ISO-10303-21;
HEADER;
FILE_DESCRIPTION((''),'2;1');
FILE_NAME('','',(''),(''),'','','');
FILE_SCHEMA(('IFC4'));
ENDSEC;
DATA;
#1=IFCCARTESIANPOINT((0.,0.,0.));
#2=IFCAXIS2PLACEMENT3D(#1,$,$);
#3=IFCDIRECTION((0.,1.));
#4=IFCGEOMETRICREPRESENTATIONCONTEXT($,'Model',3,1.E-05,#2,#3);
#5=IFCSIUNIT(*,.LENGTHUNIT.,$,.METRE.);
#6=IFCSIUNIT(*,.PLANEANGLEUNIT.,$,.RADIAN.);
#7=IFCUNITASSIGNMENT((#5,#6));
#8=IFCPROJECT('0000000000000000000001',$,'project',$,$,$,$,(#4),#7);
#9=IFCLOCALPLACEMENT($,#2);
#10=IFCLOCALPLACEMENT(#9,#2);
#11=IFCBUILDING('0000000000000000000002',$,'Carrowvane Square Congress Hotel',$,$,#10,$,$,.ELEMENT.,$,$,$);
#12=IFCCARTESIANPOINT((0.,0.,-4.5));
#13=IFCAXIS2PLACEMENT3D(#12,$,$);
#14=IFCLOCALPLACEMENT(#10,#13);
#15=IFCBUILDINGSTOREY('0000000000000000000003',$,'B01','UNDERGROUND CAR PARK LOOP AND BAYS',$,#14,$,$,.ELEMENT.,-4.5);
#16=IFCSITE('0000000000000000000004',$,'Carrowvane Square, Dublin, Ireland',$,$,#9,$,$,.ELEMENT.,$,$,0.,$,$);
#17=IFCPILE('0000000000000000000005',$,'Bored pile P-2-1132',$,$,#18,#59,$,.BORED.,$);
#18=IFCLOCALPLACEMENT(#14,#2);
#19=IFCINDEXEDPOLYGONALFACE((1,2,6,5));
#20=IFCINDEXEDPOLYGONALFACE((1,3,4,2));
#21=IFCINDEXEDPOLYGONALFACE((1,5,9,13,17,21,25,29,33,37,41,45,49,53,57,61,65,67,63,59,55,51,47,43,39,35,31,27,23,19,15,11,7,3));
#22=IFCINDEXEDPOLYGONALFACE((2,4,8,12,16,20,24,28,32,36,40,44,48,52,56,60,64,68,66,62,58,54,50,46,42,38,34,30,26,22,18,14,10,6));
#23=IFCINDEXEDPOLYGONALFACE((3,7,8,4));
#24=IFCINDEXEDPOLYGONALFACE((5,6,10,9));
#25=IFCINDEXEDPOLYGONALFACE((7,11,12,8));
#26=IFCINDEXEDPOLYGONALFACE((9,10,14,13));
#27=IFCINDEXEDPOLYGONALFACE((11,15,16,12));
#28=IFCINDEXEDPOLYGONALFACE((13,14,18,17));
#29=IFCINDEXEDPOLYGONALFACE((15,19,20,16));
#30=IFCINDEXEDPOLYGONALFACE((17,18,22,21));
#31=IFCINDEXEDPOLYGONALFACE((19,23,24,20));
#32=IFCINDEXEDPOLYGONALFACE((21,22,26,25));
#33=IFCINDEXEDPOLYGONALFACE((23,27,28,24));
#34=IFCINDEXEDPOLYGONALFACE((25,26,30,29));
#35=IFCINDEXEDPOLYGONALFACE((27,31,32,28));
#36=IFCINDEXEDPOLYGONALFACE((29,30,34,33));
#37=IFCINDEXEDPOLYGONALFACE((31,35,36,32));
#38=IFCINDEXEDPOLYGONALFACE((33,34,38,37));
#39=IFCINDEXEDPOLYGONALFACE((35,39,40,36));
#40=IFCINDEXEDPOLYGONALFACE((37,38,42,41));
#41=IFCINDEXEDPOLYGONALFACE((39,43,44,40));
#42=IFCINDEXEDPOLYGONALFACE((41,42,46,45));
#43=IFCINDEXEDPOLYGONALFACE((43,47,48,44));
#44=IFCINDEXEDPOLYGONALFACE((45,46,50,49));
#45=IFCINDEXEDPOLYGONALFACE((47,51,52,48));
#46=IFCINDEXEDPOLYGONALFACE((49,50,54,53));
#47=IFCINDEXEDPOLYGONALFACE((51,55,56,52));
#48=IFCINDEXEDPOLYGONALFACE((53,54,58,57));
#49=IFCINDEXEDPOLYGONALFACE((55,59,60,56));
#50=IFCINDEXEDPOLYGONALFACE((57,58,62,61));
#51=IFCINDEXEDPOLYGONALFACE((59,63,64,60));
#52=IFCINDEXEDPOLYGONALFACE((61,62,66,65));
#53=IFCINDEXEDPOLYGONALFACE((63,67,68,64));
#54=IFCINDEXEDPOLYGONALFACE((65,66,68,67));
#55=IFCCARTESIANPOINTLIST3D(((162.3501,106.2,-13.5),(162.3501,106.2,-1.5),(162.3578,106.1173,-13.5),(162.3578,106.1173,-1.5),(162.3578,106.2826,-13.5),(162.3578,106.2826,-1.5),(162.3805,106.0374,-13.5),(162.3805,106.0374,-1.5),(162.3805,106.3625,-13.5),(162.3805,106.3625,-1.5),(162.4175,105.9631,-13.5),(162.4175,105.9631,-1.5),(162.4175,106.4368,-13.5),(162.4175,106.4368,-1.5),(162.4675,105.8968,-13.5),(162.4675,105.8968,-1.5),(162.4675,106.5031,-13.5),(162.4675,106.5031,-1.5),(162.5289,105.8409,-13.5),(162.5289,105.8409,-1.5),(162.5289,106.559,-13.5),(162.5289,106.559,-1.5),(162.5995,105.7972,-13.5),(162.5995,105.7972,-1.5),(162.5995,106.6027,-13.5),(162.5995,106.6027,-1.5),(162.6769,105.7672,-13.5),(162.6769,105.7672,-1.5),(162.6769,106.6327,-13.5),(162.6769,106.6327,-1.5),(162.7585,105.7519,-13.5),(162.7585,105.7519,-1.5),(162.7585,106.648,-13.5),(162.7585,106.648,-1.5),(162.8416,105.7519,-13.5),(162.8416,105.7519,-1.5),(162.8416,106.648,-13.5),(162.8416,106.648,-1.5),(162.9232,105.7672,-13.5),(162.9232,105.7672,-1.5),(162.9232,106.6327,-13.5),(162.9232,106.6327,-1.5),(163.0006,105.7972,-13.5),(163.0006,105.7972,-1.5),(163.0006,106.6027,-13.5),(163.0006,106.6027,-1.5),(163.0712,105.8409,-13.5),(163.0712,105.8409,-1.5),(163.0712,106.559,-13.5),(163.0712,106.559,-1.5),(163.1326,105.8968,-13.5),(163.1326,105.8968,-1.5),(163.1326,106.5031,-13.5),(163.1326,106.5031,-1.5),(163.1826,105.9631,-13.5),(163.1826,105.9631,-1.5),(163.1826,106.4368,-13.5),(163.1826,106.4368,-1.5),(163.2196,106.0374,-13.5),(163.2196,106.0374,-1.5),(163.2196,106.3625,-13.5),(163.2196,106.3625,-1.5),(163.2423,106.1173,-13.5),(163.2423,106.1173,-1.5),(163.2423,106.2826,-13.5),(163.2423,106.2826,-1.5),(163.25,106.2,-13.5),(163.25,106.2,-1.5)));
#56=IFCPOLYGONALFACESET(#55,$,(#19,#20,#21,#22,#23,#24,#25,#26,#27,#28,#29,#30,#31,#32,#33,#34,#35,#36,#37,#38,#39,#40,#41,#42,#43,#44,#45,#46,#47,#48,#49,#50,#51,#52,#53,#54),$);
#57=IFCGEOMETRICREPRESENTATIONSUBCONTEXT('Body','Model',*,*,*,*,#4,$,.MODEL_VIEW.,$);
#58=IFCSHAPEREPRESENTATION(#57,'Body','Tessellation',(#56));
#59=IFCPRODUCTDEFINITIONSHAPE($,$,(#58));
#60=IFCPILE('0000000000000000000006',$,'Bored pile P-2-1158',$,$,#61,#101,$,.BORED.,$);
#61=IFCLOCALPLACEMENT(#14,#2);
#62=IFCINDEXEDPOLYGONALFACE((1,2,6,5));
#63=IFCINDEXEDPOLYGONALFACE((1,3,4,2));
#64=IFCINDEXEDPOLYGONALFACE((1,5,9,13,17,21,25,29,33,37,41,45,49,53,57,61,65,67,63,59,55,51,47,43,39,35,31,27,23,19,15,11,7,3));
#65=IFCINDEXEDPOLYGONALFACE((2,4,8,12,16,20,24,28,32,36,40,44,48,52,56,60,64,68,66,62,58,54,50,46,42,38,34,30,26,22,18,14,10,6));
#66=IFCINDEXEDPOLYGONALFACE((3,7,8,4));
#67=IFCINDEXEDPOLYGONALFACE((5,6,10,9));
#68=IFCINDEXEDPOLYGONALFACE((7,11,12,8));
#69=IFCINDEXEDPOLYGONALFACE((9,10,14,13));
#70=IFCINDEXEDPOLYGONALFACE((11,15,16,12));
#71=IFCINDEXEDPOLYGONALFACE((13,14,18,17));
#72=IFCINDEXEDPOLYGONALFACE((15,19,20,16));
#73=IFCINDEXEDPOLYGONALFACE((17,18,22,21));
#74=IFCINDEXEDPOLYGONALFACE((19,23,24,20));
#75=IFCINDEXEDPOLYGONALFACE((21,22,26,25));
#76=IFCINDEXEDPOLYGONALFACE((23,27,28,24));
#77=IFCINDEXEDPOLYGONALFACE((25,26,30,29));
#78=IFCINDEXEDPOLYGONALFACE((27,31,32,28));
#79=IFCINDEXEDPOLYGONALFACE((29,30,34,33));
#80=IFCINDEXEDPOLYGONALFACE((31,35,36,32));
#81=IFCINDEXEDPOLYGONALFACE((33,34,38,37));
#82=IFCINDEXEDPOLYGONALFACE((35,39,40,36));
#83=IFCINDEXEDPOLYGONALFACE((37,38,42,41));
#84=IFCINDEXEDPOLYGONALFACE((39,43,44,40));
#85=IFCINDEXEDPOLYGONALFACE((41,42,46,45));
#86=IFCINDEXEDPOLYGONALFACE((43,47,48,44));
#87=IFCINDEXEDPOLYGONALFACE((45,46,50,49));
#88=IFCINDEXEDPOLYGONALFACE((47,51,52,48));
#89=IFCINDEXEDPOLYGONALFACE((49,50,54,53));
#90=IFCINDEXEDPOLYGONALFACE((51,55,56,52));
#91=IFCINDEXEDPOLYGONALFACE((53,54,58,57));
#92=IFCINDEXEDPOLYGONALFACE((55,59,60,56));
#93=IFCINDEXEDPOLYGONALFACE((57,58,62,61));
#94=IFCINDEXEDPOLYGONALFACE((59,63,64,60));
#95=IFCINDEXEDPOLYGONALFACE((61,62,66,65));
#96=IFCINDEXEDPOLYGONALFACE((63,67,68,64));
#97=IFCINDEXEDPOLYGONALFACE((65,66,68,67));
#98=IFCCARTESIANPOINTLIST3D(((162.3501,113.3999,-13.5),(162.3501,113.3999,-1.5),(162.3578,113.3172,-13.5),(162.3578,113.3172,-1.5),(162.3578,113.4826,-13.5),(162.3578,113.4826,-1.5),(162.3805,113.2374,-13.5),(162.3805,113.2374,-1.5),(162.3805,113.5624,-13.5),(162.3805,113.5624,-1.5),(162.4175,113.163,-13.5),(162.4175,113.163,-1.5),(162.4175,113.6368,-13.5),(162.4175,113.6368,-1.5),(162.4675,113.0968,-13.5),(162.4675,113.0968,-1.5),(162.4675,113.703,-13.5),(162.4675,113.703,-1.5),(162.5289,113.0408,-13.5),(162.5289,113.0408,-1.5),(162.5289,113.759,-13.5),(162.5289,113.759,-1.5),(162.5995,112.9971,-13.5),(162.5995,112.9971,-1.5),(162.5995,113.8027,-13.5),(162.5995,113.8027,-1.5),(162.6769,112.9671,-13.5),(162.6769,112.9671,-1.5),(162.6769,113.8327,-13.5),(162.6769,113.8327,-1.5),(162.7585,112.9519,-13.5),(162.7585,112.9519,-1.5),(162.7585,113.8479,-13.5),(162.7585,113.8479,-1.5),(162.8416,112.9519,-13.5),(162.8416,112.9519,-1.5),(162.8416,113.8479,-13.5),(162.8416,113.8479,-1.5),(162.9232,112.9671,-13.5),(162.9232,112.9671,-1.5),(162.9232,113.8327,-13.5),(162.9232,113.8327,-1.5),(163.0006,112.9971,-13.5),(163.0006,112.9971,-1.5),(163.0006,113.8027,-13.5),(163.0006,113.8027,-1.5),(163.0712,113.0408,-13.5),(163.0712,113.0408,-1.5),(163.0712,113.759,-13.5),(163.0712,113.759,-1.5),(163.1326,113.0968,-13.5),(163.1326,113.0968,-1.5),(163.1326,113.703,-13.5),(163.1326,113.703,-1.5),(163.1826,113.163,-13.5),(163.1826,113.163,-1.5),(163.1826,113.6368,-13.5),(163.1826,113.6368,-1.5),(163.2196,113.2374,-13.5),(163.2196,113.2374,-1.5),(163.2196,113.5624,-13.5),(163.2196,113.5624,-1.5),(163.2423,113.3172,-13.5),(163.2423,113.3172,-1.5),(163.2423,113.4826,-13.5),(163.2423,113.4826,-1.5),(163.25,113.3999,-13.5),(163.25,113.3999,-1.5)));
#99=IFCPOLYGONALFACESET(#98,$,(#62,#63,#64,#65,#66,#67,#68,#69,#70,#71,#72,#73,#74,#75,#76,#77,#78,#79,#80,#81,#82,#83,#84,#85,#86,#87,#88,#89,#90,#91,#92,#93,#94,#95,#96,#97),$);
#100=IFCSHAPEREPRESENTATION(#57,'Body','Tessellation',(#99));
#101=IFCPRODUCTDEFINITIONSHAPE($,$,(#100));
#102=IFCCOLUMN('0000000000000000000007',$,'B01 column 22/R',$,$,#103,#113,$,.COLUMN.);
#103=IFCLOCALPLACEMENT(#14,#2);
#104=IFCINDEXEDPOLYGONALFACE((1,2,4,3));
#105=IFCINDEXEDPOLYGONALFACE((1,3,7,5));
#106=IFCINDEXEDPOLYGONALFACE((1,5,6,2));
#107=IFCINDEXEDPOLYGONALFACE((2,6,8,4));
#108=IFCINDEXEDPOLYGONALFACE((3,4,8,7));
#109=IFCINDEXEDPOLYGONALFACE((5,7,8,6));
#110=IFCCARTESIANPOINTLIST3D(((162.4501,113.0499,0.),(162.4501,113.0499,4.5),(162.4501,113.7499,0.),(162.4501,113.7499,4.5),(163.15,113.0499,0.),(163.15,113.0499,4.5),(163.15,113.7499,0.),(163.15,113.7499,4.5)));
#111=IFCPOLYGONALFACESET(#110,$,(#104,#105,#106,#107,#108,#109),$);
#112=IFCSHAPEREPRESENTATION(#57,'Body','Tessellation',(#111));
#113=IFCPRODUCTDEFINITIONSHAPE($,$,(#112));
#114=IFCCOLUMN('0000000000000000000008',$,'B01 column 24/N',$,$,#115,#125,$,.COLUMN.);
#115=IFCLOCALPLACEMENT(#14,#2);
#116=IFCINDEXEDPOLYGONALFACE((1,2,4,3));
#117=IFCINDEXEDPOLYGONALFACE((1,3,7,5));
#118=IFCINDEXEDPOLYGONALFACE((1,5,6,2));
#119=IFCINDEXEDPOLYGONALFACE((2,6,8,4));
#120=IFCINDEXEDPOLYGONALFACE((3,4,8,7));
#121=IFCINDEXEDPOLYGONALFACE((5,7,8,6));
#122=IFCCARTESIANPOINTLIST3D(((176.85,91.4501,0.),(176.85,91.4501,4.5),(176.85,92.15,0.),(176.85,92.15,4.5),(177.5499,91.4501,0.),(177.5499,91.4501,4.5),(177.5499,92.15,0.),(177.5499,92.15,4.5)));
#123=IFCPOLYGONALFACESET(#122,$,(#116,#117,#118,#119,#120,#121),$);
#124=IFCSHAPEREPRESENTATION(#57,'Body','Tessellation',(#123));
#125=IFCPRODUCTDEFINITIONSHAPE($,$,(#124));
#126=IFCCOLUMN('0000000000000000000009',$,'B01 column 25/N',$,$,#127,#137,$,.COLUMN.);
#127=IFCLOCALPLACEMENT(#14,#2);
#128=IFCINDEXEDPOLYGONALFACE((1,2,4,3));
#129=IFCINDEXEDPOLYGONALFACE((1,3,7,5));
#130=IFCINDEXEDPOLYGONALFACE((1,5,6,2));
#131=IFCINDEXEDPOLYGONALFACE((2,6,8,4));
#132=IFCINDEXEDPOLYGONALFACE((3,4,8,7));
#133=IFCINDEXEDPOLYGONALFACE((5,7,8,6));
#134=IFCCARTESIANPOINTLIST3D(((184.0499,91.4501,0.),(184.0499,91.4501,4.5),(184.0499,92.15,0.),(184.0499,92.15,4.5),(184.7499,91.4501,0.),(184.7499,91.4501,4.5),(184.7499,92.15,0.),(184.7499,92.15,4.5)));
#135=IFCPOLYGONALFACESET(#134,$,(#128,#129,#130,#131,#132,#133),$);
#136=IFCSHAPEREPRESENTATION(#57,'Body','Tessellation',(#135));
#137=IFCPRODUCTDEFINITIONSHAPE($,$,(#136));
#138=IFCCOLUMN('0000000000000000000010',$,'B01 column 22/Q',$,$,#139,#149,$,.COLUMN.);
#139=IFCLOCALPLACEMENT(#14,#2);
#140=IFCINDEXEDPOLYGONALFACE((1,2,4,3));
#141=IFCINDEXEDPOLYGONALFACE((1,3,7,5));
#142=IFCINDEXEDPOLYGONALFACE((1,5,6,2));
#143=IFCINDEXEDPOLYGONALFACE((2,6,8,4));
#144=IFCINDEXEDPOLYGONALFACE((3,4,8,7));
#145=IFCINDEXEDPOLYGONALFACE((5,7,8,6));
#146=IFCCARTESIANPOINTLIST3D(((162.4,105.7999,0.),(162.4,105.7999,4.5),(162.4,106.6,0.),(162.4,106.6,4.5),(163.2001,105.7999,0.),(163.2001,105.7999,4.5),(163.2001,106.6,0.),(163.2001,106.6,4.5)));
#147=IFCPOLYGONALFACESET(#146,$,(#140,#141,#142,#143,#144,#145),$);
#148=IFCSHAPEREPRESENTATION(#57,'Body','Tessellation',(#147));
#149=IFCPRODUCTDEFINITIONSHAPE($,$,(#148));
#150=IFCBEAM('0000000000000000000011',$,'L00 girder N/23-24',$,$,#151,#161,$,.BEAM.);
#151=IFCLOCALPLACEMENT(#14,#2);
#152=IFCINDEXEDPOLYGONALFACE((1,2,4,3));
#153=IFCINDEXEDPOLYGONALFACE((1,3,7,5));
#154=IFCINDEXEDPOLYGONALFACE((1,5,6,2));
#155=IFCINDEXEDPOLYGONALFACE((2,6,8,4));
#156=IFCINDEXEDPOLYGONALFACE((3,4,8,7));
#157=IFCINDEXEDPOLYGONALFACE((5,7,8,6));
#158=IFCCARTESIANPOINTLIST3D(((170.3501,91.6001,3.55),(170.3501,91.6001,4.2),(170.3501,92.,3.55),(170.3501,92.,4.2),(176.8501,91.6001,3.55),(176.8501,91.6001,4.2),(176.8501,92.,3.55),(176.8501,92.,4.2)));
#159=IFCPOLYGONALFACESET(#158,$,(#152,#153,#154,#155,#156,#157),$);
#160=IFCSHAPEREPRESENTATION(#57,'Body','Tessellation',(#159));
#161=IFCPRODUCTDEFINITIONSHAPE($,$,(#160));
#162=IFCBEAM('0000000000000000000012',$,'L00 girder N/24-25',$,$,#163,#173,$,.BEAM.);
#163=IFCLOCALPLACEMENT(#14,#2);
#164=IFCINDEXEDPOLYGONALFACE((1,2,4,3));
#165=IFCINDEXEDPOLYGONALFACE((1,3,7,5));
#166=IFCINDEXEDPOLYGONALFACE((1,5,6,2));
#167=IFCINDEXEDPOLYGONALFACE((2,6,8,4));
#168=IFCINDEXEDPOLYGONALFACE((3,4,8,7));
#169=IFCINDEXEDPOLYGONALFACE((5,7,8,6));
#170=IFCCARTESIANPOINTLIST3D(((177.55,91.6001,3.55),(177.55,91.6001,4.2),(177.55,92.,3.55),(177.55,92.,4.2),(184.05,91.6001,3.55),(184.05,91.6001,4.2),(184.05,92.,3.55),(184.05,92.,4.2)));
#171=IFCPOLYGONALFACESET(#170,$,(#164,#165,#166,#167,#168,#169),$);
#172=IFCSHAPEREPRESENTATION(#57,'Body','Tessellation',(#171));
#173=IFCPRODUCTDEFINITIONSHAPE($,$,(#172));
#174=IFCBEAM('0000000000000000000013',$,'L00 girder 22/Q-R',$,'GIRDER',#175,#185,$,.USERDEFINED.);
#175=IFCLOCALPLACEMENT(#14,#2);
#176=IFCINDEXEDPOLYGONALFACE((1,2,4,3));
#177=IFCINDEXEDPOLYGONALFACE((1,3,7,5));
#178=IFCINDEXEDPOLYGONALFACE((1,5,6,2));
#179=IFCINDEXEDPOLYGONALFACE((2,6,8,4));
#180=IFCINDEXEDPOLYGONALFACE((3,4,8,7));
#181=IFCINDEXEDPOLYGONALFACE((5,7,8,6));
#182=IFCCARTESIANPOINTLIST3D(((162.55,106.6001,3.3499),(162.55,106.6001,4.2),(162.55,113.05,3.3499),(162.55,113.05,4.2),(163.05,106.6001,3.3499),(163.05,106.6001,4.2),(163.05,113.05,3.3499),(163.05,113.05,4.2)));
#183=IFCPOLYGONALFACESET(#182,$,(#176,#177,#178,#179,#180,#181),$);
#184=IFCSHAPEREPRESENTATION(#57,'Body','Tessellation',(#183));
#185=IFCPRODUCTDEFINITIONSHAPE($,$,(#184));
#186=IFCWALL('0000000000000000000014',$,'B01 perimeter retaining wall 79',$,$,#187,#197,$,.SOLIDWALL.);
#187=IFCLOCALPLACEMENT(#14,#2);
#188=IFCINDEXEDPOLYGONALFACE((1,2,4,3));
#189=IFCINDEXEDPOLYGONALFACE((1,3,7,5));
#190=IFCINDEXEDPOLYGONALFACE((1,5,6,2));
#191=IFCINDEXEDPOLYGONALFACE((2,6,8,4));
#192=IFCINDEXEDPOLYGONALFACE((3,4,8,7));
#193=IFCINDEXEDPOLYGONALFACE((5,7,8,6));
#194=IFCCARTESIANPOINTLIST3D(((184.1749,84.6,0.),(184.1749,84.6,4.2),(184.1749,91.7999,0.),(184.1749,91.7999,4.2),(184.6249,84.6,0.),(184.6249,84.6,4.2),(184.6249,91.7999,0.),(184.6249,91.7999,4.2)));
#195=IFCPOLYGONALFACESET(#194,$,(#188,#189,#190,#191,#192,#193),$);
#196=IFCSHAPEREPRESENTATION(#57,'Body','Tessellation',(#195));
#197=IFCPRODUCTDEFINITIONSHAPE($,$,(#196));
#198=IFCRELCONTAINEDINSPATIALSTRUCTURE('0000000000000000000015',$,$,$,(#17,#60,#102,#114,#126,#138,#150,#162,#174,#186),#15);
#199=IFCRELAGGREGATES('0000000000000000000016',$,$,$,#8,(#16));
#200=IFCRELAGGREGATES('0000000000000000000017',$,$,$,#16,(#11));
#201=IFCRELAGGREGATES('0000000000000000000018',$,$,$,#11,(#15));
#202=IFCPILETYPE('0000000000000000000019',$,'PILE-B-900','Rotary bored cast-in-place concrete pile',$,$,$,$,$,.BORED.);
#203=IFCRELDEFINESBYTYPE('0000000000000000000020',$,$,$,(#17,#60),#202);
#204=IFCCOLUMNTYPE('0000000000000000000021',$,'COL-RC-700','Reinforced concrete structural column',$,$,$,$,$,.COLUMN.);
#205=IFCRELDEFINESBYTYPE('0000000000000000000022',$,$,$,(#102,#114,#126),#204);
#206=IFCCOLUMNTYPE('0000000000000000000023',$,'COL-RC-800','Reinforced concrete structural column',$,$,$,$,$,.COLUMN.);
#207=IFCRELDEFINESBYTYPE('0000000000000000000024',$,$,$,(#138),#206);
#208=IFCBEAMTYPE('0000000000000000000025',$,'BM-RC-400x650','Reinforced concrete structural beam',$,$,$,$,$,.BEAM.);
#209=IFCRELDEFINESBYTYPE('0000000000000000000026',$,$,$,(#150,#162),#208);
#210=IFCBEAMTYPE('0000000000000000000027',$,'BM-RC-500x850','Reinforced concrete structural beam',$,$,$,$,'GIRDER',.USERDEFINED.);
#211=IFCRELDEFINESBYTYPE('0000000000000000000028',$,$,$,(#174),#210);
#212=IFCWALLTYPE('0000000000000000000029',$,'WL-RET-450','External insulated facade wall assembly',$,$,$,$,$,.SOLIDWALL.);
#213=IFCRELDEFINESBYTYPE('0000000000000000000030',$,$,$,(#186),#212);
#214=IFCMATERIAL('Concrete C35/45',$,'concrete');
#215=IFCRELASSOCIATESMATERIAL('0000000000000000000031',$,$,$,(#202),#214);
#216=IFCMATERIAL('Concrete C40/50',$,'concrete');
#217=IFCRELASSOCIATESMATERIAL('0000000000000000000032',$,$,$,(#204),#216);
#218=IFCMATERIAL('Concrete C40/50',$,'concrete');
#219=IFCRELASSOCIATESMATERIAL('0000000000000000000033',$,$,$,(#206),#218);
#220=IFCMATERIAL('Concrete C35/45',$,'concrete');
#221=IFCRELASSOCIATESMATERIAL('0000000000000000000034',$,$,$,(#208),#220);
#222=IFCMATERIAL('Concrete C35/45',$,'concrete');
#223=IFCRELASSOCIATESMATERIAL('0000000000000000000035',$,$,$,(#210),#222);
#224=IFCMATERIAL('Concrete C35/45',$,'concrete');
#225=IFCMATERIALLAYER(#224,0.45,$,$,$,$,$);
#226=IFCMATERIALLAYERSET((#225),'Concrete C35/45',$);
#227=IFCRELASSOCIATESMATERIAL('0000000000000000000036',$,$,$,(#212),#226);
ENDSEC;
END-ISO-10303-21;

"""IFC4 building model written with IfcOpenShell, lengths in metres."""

from ifc_helpers import new_model, si_unit, direction, frame, frame_2d, origin, origin_2d, place, context, subcontext, project, spatial, rectangle, circle, extrude, material, layer, layer_set, material_profile, profile_set, type_object, element, save


model = new_model("IFC4")

# Units and contexts
model_context = context("Model", 3, precision=1e-05, world=origin(), true_north=direction((0.0, 1.0)))
body_context = subcontext(model_context, "Body", "Model", "MODEL_VIEW")
ifc_project = project(units=[si_unit("LENGTHUNIT", "METRE"), si_unit("PLANEANGLEUNIT", "RADIAN")], contexts=[model_context])

# Site, building, storey
site_placement = place(None, origin())
site = spatial("IfcSite", under=ifc_project, at=site_placement, Name="Carrowvane Square, Dublin, Ireland", CompositionType="ELEMENT", RefElevation=0.0)
building_placement = place(site_placement, origin())
building = spatial("IfcBuilding", under=site, at=building_placement, Name="Carrowvane Square Congress Hotel", CompositionType="ELEMENT")
storey_placement = place(building_placement, frame((0.0, 0.0, -4.5)))
storey = spatial("IfcBuildingStorey", under=building, at=storey_placement, Name="B01", Description="UNDERGROUND CAR PARK LOOP AND BAYS", CompositionType="ELEMENT", Elevation=-4.5)

# Piles
ifc_material_1 = material(Name="Concrete C35/45", Category="concrete")
ifc_material_profile_1 = material_profile(ifc_material_1, circle(Radius=0.45, at=origin_2d()), Name="PILE D900")
ifc_profile_set_1 = profile_set([ifc_material_profile_1], Name="Concrete C35/45")
pile_type_1 = type_object("IfcPileType", Name="PILE-B-900", Description="Rotary bored cast-in-place concrete pile", PredefinedType="BORED", material=ifc_profile_set_1)
for number, where, z_axis, x_axis, name in (
    (1, (162.8, 106.2, -1.5), (0.0, 0.0, -1.0), (1.0, 0.0, 0.0), "Bored pile P-2-1132"),
    (2, (162.8, 113.3999, -1.5), (0.0, 0.0, -1.0), (1.0, 0.0, 0.0), "Bored pile P-2-1158"),
):
    element("IfcPile", number, at=place(storey_placement, frame(where, z_axis=z_axis, x_axis=x_axis)), inside=storey, type_object=pile_type_1, Name=name, PredefinedType="BORED", context=body_context, shape_type="SweptSolid", body=[
        extrude(circle(Radius=0.45, at=origin_2d()), origin(), (0.0, 0.0, 1.0), 12.0),
    ])

# Columns
ifc_material_2 = material(Name="Concrete C40/50", Category="concrete")
ifc_material_profile_2 = material_profile(ifc_material_2, rectangle(XDim=0.7, YDim=0.7, at=origin_2d()), Name="RC 700x700")
ifc_profile_set_2 = profile_set([ifc_material_profile_2], Name="Concrete C40/50")
column_type_1 = type_object("IfcColumnType", Name="COL-RC-700", Description="Reinforced concrete structural column", PredefinedType="COLUMN", material=ifc_profile_set_2)
for number, where, z_axis, x_axis, name in (
    (3, (162.8, 113.3999, 0.0), (0.0, 0.0, 1.0), (1.0, 0.0, 0.0), "B01 column 22/R"),
    (4, (177.2, 91.8, 0.0), (0.0, 0.0, 1.0), (1.0, 0.0, 0.0), "B01 column 24/N"),
    (5, (184.3999, 91.8, 0.0), (0.0, 0.0, 1.0), (1.0, 0.0, 0.0), "B01 column 25/N"),
):
    element("IfcColumn", number, at=place(storey_placement, frame(where, z_axis=z_axis, x_axis=x_axis)), inside=storey, type_object=column_type_1, Name=name, PredefinedType="COLUMN", context=body_context, shape_type="SweptSolid", body=[
        extrude(rectangle(XDim=0.7, YDim=0.7, at=origin_2d()), origin(), (0.0, 0.0, 1.0), 4.5),
    ])
ifc_material_3 = material(Name="Concrete C40/50", Category="concrete")
ifc_material_profile_3 = material_profile(ifc_material_3, rectangle(XDim=0.8, YDim=0.8, at=origin_2d()), Name="RC 800x800")
ifc_profile_set_3 = profile_set([ifc_material_profile_3], Name="Concrete C40/50")
column_type_2 = type_object("IfcColumnType", Name="COL-RC-800", Description="Reinforced concrete structural column", PredefinedType="COLUMN", material=ifc_profile_set_3)
column_placement = place(storey_placement, frame((162.8, 106.2, 0.0), z_axis=(0.0, 0.0, 1.0), x_axis=(1.0, 0.0, 0.0)))
element("IfcColumn", 6, at=column_placement, inside=storey, type_object=column_type_2, Name="B01 column 22/Q", PredefinedType="COLUMN", context=body_context, shape_type="SweptSolid", body=[
    extrude(rectangle(XDim=0.8, YDim=0.8, at=origin_2d()), origin(), (0.0, 0.0, 1.0), 4.5),
])

# Beams
ifc_material_4 = material(Name="Concrete C35/45", Category="concrete")
ifc_material_profile_4 = material_profile(ifc_material_4, rectangle(XDim=0.3999, YDim=0.6499, at=origin_2d()), Name="RC 400x650")
ifc_profile_set_4 = profile_set([ifc_material_profile_4], Name="Concrete C35/45")
beam_type_1 = type_object("IfcBeamType", Name="BM-RC-400x650", Description="Reinforced concrete structural beam", PredefinedType="BEAM", material=ifc_profile_set_4)
for number, where, z_axis, x_axis, name in (
    (7, (170.3501, 91.8, 3.875), (1.0, 0.0, 0.0), (0.0, 1.0, 0.0), "L00 girder N/23-24"),
    (8, (177.55, 91.8, 3.875), (1.0, 0.0, 0.0), (0.0, 1.0, 0.0), "L00 girder N/24-25"),
):
    element("IfcBeam", number, at=place(storey_placement, frame(where, z_axis=z_axis, x_axis=x_axis)), inside=storey, type_object=beam_type_1, Name=name, PredefinedType="BEAM", context=body_context, shape_type="SweptSolid", body=[
        extrude(rectangle(XDim=0.3999, YDim=0.6499, at=origin_2d()), origin(), (0.0, 0.0, 1.0), 6.5),
    ])
ifc_material_5 = material(Name="Concrete C35/45", Category="concrete")
ifc_material_profile_5 = material_profile(ifc_material_5, rectangle(XDim=0.5, YDim=0.8501, at=origin_2d()), Name="RC 500x850")
ifc_profile_set_5 = profile_set([ifc_material_profile_5], Name="Concrete C35/45")
beam_type_2 = type_object("IfcBeamType", Name="BM-RC-500x850", Description="Reinforced concrete structural beam", ElementType="GIRDER", PredefinedType="USERDEFINED", material=ifc_profile_set_5)
beam_placement = place(storey_placement, frame((162.8, 106.6001, 3.7749), z_axis=(0.0, 1.0, 0.0), x_axis=(-1.0, 0.0, 0.0)))
element("IfcBeam", 9, at=beam_placement, inside=storey, type_object=beam_type_2, Name="L00 girder 22/Q-R", ObjectType="GIRDER", PredefinedType="USERDEFINED", context=body_context, shape_type="SweptSolid", body=[
    extrude(rectangle(XDim=0.5, YDim=0.8501, at=origin_2d()), origin(), (0.0, 0.0, 1.0), 6.45),
])

# Wall
ifc_material_6 = material(Name="Concrete C35/45", Category="concrete")
ifc_layer_1 = layer(ifc_material_6, 0.45)
ifc_layer_set_1 = layer_set([ifc_layer_1], Name="Concrete C35/45")
wall_type_1 = type_object("IfcWallType", Name="WL-RET-450", Description="External insulated facade wall assembly", PredefinedType="SOLIDWALL", material=ifc_layer_set_1)
wall_placement = place(storey_placement, frame((184.3999, 91.8, 0.0), z_axis=(0.0, 0.0, 1.0), x_axis=(0.0, -1.0, 0.0)))
element("IfcWall", 10, at=wall_placement, inside=storey, type_object=wall_type_1, Name="B01 perimeter retaining wall 79", PredefinedType="SOLIDWALL", context=body_context, shape_type="SweptSolid", body=[
    extrude(rectangle(XDim=7.2, YDim=0.45, at=frame_2d((3.6001, 0.0))), origin(), (0.0, 0.0, 1.0), 4.2),
])

save(model, "model.ifc")
